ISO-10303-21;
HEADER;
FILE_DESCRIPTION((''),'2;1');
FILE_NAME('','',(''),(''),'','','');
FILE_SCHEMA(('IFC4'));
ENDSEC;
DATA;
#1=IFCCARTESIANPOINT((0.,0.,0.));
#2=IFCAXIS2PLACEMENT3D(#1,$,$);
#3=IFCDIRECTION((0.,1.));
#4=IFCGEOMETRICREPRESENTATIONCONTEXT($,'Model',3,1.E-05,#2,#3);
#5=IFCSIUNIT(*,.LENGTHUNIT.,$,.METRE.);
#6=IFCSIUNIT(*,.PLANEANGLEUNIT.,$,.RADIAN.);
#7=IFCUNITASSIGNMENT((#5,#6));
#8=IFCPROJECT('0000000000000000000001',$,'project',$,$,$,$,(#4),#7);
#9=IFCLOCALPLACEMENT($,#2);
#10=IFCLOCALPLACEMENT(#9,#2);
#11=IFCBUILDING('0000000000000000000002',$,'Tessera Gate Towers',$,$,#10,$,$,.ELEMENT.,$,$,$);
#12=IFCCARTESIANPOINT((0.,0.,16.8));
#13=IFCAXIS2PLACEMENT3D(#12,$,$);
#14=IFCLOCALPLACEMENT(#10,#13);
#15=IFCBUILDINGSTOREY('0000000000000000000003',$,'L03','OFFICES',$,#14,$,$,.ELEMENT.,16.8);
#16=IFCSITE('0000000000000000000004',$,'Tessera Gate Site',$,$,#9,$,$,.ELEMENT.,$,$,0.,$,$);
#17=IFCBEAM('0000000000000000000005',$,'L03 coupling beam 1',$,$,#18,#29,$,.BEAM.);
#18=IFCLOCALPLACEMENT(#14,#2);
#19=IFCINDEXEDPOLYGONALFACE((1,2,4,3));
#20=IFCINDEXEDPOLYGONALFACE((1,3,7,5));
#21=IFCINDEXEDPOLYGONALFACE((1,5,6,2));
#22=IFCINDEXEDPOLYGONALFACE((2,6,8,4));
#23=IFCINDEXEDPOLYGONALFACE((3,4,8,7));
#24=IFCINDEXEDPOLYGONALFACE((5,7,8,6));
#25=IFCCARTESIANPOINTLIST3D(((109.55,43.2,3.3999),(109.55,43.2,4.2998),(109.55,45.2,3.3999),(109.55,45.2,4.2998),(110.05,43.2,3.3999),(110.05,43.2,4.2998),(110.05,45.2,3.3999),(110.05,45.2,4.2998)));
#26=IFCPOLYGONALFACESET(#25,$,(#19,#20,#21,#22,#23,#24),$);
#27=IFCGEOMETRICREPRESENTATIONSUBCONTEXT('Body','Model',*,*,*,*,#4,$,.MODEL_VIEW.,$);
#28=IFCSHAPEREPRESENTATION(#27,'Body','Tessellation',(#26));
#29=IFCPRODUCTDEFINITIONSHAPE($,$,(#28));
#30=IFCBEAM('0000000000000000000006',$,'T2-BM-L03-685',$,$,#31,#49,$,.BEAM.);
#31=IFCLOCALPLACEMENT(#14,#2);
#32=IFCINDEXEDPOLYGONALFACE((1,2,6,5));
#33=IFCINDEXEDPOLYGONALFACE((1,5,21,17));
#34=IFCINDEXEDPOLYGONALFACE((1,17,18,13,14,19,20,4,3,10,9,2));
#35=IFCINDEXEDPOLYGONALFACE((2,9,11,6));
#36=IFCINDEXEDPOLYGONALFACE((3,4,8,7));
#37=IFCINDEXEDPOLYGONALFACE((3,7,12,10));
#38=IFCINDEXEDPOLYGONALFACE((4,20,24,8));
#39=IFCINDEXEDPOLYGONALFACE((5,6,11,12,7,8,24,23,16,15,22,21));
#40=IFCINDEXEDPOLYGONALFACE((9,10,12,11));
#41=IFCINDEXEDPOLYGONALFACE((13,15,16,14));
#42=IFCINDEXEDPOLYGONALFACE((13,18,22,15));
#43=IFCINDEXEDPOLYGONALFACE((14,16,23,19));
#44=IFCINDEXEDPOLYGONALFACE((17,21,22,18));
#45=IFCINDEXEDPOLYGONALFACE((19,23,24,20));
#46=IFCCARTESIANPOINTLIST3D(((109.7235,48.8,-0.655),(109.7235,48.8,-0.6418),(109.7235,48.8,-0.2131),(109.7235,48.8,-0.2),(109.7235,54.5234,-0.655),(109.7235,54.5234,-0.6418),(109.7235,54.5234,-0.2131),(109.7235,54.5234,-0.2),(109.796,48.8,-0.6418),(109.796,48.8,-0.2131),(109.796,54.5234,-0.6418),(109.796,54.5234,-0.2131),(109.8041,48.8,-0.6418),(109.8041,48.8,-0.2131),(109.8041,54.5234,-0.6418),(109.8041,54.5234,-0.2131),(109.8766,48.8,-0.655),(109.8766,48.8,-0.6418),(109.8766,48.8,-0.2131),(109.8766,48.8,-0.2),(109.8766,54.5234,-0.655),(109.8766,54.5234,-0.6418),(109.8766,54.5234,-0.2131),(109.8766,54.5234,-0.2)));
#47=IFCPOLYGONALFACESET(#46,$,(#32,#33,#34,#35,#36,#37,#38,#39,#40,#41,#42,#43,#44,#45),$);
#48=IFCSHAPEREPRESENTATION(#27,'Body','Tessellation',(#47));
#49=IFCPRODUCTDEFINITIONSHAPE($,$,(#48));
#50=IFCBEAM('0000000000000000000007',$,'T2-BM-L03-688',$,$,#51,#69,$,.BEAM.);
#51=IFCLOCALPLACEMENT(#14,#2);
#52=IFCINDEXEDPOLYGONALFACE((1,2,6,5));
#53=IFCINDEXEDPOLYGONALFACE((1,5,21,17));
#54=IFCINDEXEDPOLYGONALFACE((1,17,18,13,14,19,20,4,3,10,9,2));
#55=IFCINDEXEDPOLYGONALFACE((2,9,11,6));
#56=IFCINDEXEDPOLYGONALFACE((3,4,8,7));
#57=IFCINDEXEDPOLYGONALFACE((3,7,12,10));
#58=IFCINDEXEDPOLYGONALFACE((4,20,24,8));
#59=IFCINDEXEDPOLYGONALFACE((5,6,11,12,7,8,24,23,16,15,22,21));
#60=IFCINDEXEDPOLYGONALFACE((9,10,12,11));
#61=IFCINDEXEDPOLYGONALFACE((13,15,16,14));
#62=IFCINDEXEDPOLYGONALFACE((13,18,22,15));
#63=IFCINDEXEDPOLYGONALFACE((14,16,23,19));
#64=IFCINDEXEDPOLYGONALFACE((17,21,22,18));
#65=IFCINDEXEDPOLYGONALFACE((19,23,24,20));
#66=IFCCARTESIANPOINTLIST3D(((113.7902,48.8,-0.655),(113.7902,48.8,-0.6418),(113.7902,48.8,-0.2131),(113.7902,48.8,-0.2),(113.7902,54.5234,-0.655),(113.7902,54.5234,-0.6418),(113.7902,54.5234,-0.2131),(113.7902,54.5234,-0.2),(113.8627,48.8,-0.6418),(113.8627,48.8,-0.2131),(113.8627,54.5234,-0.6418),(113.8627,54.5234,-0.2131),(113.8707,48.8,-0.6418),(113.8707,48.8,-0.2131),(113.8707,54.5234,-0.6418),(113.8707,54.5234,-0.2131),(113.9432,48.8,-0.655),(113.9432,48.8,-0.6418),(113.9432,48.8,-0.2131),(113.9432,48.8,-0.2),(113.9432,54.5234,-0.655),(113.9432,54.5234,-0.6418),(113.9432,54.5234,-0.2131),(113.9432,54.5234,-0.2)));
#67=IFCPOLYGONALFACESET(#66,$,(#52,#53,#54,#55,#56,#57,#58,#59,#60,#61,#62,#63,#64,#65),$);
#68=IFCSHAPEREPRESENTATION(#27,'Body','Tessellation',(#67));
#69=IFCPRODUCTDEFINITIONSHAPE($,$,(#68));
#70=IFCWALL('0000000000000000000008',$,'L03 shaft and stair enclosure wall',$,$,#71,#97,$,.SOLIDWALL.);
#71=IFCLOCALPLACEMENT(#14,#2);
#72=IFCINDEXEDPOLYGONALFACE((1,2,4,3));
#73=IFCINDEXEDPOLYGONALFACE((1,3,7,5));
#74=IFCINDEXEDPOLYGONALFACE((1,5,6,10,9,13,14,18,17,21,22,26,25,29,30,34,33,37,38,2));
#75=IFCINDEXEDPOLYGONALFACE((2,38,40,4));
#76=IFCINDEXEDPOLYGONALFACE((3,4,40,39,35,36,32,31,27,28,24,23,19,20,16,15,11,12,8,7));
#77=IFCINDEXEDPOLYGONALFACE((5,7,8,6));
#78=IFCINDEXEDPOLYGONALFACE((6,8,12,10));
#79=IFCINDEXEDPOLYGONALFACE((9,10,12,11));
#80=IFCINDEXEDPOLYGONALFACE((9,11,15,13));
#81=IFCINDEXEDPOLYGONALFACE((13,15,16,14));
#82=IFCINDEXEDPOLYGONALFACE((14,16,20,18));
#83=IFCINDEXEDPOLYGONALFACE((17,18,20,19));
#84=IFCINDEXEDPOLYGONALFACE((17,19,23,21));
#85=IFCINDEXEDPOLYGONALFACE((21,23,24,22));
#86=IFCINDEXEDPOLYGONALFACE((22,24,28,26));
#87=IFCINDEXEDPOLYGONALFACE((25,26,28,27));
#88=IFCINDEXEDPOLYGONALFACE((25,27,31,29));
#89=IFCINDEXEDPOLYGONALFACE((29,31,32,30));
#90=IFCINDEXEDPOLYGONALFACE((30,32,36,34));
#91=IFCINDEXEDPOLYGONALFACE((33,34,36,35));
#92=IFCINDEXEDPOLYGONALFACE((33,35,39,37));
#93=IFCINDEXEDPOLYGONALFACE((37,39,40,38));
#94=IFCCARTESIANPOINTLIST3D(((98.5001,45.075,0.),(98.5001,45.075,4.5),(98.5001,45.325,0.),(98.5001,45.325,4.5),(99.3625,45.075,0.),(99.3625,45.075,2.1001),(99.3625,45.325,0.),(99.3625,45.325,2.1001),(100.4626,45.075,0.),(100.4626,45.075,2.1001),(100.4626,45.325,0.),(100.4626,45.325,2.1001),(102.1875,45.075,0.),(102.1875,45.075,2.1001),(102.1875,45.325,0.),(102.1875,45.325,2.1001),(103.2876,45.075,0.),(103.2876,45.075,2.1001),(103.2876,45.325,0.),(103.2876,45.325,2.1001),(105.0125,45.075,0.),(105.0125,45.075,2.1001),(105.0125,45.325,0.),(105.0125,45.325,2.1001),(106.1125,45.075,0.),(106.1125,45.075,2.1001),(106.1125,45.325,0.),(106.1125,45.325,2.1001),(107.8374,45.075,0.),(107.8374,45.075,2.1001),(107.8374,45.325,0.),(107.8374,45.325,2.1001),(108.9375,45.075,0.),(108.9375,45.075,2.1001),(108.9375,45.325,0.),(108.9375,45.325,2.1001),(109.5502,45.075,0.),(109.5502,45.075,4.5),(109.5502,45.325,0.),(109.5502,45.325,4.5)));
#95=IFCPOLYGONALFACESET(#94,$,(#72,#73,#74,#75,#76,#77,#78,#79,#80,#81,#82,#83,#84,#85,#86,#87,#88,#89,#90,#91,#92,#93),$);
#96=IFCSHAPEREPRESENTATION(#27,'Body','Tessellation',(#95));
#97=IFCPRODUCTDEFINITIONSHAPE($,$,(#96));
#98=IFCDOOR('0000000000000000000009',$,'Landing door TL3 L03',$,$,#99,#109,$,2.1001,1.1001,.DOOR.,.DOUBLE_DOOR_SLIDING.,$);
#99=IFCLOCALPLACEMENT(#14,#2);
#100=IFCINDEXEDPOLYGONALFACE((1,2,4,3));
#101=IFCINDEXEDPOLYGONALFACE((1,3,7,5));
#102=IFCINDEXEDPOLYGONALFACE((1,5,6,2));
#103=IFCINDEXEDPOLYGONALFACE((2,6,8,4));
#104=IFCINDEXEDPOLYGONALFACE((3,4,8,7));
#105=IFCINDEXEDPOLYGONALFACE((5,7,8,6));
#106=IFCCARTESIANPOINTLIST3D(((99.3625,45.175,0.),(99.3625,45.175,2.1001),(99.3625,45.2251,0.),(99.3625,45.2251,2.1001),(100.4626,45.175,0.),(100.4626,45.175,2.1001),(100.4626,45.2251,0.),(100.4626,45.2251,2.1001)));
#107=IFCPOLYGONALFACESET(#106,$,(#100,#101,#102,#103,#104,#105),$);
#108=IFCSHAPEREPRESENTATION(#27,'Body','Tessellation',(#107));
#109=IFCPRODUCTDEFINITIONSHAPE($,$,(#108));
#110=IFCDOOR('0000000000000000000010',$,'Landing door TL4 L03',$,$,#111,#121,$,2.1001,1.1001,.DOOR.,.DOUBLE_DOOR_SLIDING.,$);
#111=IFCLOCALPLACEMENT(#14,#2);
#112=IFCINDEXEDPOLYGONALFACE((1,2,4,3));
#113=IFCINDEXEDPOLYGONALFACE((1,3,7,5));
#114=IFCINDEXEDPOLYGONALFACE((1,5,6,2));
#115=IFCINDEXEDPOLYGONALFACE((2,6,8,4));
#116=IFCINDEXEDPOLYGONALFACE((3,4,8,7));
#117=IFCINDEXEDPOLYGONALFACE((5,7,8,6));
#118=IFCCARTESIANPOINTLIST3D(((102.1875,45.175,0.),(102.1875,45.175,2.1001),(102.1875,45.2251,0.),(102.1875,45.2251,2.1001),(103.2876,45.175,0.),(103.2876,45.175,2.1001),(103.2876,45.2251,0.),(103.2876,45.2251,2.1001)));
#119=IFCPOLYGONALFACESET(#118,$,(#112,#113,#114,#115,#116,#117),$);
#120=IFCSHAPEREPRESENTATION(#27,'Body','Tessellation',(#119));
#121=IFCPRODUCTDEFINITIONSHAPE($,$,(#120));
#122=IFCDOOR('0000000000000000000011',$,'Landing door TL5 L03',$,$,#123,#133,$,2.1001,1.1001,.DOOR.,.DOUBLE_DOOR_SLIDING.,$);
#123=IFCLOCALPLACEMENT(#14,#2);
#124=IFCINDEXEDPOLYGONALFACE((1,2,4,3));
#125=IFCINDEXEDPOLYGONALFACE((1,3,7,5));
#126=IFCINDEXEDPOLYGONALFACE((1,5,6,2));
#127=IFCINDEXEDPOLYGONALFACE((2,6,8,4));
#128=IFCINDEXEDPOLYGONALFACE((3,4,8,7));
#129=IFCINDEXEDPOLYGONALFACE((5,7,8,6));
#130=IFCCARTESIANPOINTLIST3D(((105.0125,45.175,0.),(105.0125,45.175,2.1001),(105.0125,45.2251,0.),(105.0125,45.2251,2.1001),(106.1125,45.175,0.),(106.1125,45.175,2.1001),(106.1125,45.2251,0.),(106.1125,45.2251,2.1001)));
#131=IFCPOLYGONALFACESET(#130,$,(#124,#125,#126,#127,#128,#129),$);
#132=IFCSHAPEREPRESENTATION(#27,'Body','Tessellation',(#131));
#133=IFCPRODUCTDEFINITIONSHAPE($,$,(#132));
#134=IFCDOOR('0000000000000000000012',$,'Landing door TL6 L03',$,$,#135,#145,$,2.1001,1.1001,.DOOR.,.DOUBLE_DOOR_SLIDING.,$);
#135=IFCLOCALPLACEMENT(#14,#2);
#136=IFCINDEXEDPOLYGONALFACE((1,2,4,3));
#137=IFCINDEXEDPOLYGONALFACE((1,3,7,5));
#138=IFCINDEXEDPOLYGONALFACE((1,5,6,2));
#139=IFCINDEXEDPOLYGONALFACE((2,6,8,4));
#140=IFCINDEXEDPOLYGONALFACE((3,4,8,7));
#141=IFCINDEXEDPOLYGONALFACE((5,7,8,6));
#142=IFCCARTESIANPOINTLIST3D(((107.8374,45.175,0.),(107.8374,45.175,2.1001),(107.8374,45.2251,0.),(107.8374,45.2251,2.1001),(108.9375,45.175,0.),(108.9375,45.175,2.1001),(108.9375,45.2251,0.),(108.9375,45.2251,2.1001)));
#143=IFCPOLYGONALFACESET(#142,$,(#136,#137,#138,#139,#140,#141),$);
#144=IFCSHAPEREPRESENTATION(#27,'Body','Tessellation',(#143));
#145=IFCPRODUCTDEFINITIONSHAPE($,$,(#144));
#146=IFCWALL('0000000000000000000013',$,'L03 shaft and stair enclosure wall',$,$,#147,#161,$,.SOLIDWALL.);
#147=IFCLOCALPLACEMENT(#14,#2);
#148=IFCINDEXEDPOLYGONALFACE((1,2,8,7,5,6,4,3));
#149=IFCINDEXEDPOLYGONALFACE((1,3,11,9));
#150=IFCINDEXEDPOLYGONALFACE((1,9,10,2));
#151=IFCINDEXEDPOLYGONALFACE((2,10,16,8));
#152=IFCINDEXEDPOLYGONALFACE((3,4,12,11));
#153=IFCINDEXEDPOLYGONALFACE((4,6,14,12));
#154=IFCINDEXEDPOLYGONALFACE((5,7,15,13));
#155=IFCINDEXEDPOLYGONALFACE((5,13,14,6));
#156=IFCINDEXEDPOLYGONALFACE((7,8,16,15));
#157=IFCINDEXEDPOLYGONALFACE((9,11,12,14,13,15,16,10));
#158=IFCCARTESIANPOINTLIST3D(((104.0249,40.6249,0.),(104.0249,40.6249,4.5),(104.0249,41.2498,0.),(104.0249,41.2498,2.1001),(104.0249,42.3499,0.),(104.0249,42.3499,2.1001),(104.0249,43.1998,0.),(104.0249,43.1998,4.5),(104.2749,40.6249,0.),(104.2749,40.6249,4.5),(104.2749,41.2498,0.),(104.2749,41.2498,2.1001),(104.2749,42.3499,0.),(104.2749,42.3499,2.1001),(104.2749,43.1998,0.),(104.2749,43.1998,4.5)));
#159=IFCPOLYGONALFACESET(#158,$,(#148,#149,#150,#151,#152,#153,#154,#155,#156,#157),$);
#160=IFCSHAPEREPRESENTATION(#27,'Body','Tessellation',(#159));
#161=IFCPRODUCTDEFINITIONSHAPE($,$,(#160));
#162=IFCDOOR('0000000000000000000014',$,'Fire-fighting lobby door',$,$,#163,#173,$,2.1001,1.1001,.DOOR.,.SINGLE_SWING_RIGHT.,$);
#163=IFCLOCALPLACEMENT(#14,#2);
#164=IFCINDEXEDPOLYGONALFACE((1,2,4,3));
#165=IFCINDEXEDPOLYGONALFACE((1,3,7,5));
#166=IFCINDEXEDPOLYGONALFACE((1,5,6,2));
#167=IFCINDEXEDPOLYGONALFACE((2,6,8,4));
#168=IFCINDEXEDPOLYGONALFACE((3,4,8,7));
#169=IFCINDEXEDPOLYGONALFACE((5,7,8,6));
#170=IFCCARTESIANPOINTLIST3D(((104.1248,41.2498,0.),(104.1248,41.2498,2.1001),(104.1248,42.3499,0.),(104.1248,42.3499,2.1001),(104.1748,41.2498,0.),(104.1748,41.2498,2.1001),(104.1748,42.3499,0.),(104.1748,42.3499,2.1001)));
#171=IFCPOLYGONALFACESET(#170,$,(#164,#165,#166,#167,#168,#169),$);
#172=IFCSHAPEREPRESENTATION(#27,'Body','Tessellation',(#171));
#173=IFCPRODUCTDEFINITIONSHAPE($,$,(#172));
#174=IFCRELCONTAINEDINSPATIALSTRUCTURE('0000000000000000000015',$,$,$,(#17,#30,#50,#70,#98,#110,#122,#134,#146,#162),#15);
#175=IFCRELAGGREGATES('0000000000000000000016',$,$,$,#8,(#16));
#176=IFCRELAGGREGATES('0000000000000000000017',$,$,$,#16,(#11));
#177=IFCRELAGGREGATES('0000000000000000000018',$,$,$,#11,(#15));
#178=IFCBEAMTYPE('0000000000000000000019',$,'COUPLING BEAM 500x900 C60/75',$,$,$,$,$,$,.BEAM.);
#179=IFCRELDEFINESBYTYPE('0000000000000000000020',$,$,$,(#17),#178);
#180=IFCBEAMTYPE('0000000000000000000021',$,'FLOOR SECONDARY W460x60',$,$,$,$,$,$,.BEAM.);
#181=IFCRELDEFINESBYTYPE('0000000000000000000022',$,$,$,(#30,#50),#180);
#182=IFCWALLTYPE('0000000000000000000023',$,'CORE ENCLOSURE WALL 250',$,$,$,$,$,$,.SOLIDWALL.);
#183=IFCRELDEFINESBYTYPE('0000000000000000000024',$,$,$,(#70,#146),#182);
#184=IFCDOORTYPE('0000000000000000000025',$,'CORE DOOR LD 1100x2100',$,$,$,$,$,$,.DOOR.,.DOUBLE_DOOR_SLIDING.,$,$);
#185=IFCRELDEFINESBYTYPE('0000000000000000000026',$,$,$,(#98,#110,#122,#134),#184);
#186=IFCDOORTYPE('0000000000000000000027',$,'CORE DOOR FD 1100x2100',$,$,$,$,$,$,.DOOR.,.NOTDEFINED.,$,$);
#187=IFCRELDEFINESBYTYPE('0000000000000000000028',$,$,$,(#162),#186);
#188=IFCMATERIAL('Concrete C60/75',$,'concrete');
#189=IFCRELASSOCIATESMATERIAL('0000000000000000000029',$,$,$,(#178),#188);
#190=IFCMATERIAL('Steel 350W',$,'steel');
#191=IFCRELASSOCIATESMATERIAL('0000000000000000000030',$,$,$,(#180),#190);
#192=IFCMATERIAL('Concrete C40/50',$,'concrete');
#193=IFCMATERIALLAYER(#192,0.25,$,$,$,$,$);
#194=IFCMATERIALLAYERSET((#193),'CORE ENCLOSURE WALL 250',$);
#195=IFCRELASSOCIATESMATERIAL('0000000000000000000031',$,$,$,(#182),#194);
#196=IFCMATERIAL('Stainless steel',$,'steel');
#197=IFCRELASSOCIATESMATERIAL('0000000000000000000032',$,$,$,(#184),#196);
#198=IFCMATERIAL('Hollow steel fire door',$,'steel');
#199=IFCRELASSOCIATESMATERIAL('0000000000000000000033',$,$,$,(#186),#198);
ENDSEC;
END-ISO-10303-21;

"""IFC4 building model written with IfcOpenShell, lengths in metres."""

from ifc_helpers import new_model, si_unit, direction, frame, frame_2d, origin, origin_2d, place, context, subcontext, project, spatial, rectangle, i_section, extrude, source, transform, mapped, material, layer, layer_set, material_profile, profile_set, type_object, element, fill, save


model = new_model("IFC4")

# Units and contexts
model_context = context("Model", 3, precision=1e-05, world=origin(), true_north=direction((0.0, 1.0)))
body_context = subcontext(model_context, "Body", "Model", "MODEL_VIEW")
ifc_project = project(units=[si_unit("LENGTHUNIT", "METRE"), si_unit("PLANEANGLEUNIT", "RADIAN")], contexts=[model_context])

# Site, building, storey
site_placement = place(None, origin())
site = spatial("IfcSite", under=ifc_project, at=site_placement, Name="Tessera Gate Site", CompositionType="ELEMENT", RefElevation=0.0)
building_placement = place(site_placement, origin())
building = spatial("IfcBuilding", under=site, at=building_placement, Name="Tessera Gate Towers", CompositionType="ELEMENT")
storey_placement = place(building_placement, frame((0.0, 0.0, 16.8)))
storey = spatial("IfcBuildingStorey", under=building, at=storey_placement, Name="L03", Description="OFFICES", CompositionType="ELEMENT", Elevation=16.8)

# Beams
ifc_material_1 = material(Name="Concrete C60/75", Category="concrete")
ifc_material_profile_1 = material_profile(ifc_material_1, rectangle(XDim=0.5, YDim=0.8999, at=origin_2d()), Name="RC 500x900")
ifc_profile_set_1 = profile_set([ifc_material_profile_1], Name="Concrete C60/75")
beam_type_1 = type_object("IfcBeamType", Name="COUPLING BEAM 500x900 C60/75", PredefinedType="BEAM", material=ifc_profile_set_1)
beam_placement = place(storey_placement, frame((109.8, 43.2, 3.8499), z_axis=(0.0, 1.0, 0.0), x_axis=(-1.0, 0.0, 0.0)))
element("IfcBeam", 1, at=beam_placement, inside=storey, type_object=beam_type_1, Name="L03 coupling beam 1", PredefinedType="BEAM", context=body_context, shape_type="SweptSolid", body=[
    extrude(rectangle(XDim=0.5, YDim=0.8999, at=origin_2d()), origin(), (0.0, 0.0, 1.0), 2.0),
])
ifc_material_2 = material(Name="Steel 350W", Category="steel")
ifc_material_profile_2 = material_profile(ifc_material_2, i_section(OverallWidth=0.1531, OverallDepth=0.4551, WebThickness=0.0081, FlangeThickness=0.0132, at=origin_2d()), Name="W460x60")
ifc_profile_set_2 = profile_set([ifc_material_profile_2], Name="Steel 350W")
beam_type_2 = type_object("IfcBeamType", Name="FLOOR SECONDARY W460x60", PredefinedType="BEAM", material=ifc_profile_set_2)
for number, where, z_axis, x_axis, name in (
    (2, (109.8, 48.8, -0.4275), (0.0, 1.0, 0.0), (-1.0, 0.0, 0.0), "T2-BM-L03-685"),
    (3, (113.8667, 48.8, -0.4275), (0.0, 1.0, 0.0), (-1.0, 0.0, 0.0), "T2-BM-L03-688"),
):
    element("IfcBeam", number, at=place(storey_placement, frame(where, z_axis=z_axis, x_axis=x_axis)), inside=storey, type_object=beam_type_2, Name=name, PredefinedType="BEAM", context=body_context, shape_type="SweptSolid", body=[
        extrude(i_section(OverallWidth=0.1531, OverallDepth=0.4551, WebThickness=0.0081, FlangeThickness=0.0132, at=origin_2d()), origin(), (0.0, 0.0, 1.0), 5.7234),
    ])

# Wall, openings, doors
ifc_material_3 = material(Name="Concrete C40/50", Category="concrete")
ifc_layer_1 = layer(ifc_material_3, 0.25)
ifc_layer_set_1 = layer_set([ifc_layer_1], Name="CORE ENCLOSURE WALL 250")
wall_type_1 = type_object("IfcWallType", Name="CORE ENCLOSURE WALL 250", PredefinedType="SOLIDWALL", material=ifc_layer_set_1)
wall_1_placement = place(storey_placement, frame((109.55, 45.2, 0.0), z_axis=(0.0, 0.0, 1.0), x_axis=(-1.0, 0.0, 0.0)))
wall_1 = element("IfcWall", 4, at=wall_1_placement, inside=storey, type_object=wall_type_1, Name="L03 shaft and stair enclosure wall", PredefinedType="SOLIDWALL", context=body_context, shape_type="SweptSolid", body=[
    extrude(rectangle(XDim=11.05, YDim=0.25, at=frame_2d((5.5249, 0.0))), origin(), (0.0, 0.0, 1.0), 4.5),
])
shared_shape_1 = source(origin(), body_context, "Body", "SweptSolid", [
    extrude(rectangle(XDim=1.1001, YDim=2.1001, at=frame_2d((0.55, 1.05))), frame((0.0, 0.135, 0.0), z_axis=(0.0, -1.0, 0.0), x_axis=(1.0, 0.0, 0.0)), (0.0, 0.0, 1.0), 0.27),
])
opening_1_placement = place(wall_1_placement, frame((9.0874, 0.0, 0.0)))
opening_1 = element("IfcOpeningElement", 5, at=opening_1_placement, cuts=wall_1, PredefinedType="OPENING", context=body_context, shape_type="MappedRepresentation", body=[
    mapped(shared_shape_1, transform((0.0, 0.0, 0.0), scale=1.0)),
])
opening_2_placement = place(wall_1_placement, frame((6.2625, 0.0, 0.0)))
opening_2 = element("IfcOpeningElement", 6, at=opening_2_placement, cuts=wall_1, PredefinedType="OPENING", context=body_context, shape_type="MappedRepresentation", body=[
    mapped(shared_shape_1, transform((0.0, 0.0, 0.0), scale=1.0)),
])
opening_3_placement = place(wall_1_placement, frame((3.4375, 0.0, 0.0)))
opening_3 = element("IfcOpeningElement", 7, at=opening_3_placement, cuts=wall_1, PredefinedType="OPENING", context=body_context, shape_type="MappedRepresentation", body=[
    mapped(shared_shape_1, transform((0.0, 0.0, 0.0), scale=1.0)),
])
opening_4_placement = place(wall_1_placement, frame((0.6125, 0.0, 0.0)))
opening_4 = element("IfcOpeningElement", 8, at=opening_4_placement, cuts=wall_1, PredefinedType="OPENING", context=body_context, shape_type="MappedRepresentation", body=[
    mapped(shared_shape_1, transform((0.0, 0.0, 0.0), scale=1.0)),
])
ifc_material_4 = material(Name="Stainless steel", Category="steel")
door_type_1 = type_object("IfcDoorType", Name="CORE DOOR LD 1100x2100", OperationType="DOUBLE_DOOR_SLIDING", PredefinedType="DOOR", material=ifc_material_4)
shared_shape_2 = source(origin(), body_context, "Body", "SweptSolid", [
    extrude(rectangle(XDim=1.1001, YDim=2.1001, at=frame_2d((0.55, 1.05))), frame((0.0, 0.0249, 0.0), z_axis=(0.0, -1.0, 0.0), x_axis=(1.0, 0.0, 0.0)), (0.0, 0.0, 1.0), 0.05),
])
door_1_placement = place(opening_1_placement, origin())
door_1 = element("IfcDoor", 9, at=door_1_placement, inside=storey, type_object=door_type_1, Name="Landing door TL3 L03", OperationType="DOUBLE_DOOR_SLIDING", OverallHeight=2.1001, OverallWidth=1.1001, PredefinedType="DOOR", context=body_context, shape_type="MappedRepresentation", body=[
    mapped(shared_shape_2, transform((0.0, 0.0, 0.0), scale=1.0)),
])
fill(opening_1, door_1)
door_2_placement = place(opening_2_placement, origin())
door_2 = element("IfcDoor", 10, at=door_2_placement, inside=storey, type_object=door_type_1, Name="Landing door TL4 L03", OperationType="DOUBLE_DOOR_SLIDING", OverallHeight=2.1001, OverallWidth=1.1001, PredefinedType="DOOR", context=body_context, shape_type="MappedRepresentation", body=[
    mapped(shared_shape_2, transform((0.0, 0.0, 0.0), scale=1.0)),
])
fill(opening_2, door_2)
door_3_placement = place(opening_3_placement, origin())
door_3 = element("IfcDoor", 11, at=door_3_placement, inside=storey, type_object=door_type_1, Name="Landing door TL5 L03", OperationType="DOUBLE_DOOR_SLIDING", OverallHeight=2.1001, OverallWidth=1.1001, PredefinedType="DOOR", context=body_context, shape_type="MappedRepresentation", body=[
    mapped(shared_shape_2, transform((0.0, 0.0, 0.0), scale=1.0)),
])
fill(opening_3, door_3)
door_4_placement = place(opening_4_placement, origin())
door_4 = element("IfcDoor", 12, at=door_4_placement, inside=storey, type_object=door_type_1, Name="Landing door TL6 L03", OperationType="DOUBLE_DOOR_SLIDING", OverallHeight=2.1001, OverallWidth=1.1001, PredefinedType="DOOR", context=body_context, shape_type="MappedRepresentation", body=[
    mapped(shared_shape_2, transform((0.0, 0.0, 0.0), scale=1.0)),
])
fill(opening_4, door_4)

# Wall, opening, door
wall_2_placement = place(storey_placement, frame((104.1499, 43.2, 0.0), z_axis=(0.0, 0.0, 1.0), x_axis=(0.0, -1.0, 0.0)))
wall_2 = element("IfcWall", 13, at=wall_2_placement, inside=storey, type_object=wall_type_1, Name="L03 shaft and stair enclosure wall", PredefinedType="SOLIDWALL", context=body_context, shape_type="SweptSolid", body=[
    extrude(rectangle(XDim=2.575, YDim=0.25, at=frame_2d((1.2876, 0.0))), origin(), (0.0, 0.0, 1.0), 4.5),
])
opening_5_placement = place(wall_2_placement, frame((0.8501, 0.0, 0.0)))
opening_5 = element("IfcOpeningElement", 14, at=opening_5_placement, cuts=wall_2, PredefinedType="OPENING", context=body_context, shape_type="MappedRepresentation", body=[
    mapped(shared_shape_1, transform((0.0, 0.0, 0.0), scale=1.0)),
])
ifc_material_5 = material(Name="Hollow steel fire door", Category="steel")
door_type_2 = type_object("IfcDoorType", Name="CORE DOOR FD 1100x2100", OperationType="NOTDEFINED", PredefinedType="DOOR", material=ifc_material_5)
door_5_placement = place(opening_5_placement, origin())
door_5 = element("IfcDoor", 15, at=door_5_placement, inside=storey, type_object=door_type_2, Name="Fire-fighting lobby door", OperationType="SINGLE_SWING_RIGHT", OverallHeight=2.1001, OverallWidth=1.1001, PredefinedType="DOOR", context=body_context, shape_type="MappedRepresentation", body=[
    mapped(shared_shape_2, transform((0.0, 0.0, 0.0), scale=1.0)),
])
fill(opening_5, door_5)

save(model, "model.ifc")
